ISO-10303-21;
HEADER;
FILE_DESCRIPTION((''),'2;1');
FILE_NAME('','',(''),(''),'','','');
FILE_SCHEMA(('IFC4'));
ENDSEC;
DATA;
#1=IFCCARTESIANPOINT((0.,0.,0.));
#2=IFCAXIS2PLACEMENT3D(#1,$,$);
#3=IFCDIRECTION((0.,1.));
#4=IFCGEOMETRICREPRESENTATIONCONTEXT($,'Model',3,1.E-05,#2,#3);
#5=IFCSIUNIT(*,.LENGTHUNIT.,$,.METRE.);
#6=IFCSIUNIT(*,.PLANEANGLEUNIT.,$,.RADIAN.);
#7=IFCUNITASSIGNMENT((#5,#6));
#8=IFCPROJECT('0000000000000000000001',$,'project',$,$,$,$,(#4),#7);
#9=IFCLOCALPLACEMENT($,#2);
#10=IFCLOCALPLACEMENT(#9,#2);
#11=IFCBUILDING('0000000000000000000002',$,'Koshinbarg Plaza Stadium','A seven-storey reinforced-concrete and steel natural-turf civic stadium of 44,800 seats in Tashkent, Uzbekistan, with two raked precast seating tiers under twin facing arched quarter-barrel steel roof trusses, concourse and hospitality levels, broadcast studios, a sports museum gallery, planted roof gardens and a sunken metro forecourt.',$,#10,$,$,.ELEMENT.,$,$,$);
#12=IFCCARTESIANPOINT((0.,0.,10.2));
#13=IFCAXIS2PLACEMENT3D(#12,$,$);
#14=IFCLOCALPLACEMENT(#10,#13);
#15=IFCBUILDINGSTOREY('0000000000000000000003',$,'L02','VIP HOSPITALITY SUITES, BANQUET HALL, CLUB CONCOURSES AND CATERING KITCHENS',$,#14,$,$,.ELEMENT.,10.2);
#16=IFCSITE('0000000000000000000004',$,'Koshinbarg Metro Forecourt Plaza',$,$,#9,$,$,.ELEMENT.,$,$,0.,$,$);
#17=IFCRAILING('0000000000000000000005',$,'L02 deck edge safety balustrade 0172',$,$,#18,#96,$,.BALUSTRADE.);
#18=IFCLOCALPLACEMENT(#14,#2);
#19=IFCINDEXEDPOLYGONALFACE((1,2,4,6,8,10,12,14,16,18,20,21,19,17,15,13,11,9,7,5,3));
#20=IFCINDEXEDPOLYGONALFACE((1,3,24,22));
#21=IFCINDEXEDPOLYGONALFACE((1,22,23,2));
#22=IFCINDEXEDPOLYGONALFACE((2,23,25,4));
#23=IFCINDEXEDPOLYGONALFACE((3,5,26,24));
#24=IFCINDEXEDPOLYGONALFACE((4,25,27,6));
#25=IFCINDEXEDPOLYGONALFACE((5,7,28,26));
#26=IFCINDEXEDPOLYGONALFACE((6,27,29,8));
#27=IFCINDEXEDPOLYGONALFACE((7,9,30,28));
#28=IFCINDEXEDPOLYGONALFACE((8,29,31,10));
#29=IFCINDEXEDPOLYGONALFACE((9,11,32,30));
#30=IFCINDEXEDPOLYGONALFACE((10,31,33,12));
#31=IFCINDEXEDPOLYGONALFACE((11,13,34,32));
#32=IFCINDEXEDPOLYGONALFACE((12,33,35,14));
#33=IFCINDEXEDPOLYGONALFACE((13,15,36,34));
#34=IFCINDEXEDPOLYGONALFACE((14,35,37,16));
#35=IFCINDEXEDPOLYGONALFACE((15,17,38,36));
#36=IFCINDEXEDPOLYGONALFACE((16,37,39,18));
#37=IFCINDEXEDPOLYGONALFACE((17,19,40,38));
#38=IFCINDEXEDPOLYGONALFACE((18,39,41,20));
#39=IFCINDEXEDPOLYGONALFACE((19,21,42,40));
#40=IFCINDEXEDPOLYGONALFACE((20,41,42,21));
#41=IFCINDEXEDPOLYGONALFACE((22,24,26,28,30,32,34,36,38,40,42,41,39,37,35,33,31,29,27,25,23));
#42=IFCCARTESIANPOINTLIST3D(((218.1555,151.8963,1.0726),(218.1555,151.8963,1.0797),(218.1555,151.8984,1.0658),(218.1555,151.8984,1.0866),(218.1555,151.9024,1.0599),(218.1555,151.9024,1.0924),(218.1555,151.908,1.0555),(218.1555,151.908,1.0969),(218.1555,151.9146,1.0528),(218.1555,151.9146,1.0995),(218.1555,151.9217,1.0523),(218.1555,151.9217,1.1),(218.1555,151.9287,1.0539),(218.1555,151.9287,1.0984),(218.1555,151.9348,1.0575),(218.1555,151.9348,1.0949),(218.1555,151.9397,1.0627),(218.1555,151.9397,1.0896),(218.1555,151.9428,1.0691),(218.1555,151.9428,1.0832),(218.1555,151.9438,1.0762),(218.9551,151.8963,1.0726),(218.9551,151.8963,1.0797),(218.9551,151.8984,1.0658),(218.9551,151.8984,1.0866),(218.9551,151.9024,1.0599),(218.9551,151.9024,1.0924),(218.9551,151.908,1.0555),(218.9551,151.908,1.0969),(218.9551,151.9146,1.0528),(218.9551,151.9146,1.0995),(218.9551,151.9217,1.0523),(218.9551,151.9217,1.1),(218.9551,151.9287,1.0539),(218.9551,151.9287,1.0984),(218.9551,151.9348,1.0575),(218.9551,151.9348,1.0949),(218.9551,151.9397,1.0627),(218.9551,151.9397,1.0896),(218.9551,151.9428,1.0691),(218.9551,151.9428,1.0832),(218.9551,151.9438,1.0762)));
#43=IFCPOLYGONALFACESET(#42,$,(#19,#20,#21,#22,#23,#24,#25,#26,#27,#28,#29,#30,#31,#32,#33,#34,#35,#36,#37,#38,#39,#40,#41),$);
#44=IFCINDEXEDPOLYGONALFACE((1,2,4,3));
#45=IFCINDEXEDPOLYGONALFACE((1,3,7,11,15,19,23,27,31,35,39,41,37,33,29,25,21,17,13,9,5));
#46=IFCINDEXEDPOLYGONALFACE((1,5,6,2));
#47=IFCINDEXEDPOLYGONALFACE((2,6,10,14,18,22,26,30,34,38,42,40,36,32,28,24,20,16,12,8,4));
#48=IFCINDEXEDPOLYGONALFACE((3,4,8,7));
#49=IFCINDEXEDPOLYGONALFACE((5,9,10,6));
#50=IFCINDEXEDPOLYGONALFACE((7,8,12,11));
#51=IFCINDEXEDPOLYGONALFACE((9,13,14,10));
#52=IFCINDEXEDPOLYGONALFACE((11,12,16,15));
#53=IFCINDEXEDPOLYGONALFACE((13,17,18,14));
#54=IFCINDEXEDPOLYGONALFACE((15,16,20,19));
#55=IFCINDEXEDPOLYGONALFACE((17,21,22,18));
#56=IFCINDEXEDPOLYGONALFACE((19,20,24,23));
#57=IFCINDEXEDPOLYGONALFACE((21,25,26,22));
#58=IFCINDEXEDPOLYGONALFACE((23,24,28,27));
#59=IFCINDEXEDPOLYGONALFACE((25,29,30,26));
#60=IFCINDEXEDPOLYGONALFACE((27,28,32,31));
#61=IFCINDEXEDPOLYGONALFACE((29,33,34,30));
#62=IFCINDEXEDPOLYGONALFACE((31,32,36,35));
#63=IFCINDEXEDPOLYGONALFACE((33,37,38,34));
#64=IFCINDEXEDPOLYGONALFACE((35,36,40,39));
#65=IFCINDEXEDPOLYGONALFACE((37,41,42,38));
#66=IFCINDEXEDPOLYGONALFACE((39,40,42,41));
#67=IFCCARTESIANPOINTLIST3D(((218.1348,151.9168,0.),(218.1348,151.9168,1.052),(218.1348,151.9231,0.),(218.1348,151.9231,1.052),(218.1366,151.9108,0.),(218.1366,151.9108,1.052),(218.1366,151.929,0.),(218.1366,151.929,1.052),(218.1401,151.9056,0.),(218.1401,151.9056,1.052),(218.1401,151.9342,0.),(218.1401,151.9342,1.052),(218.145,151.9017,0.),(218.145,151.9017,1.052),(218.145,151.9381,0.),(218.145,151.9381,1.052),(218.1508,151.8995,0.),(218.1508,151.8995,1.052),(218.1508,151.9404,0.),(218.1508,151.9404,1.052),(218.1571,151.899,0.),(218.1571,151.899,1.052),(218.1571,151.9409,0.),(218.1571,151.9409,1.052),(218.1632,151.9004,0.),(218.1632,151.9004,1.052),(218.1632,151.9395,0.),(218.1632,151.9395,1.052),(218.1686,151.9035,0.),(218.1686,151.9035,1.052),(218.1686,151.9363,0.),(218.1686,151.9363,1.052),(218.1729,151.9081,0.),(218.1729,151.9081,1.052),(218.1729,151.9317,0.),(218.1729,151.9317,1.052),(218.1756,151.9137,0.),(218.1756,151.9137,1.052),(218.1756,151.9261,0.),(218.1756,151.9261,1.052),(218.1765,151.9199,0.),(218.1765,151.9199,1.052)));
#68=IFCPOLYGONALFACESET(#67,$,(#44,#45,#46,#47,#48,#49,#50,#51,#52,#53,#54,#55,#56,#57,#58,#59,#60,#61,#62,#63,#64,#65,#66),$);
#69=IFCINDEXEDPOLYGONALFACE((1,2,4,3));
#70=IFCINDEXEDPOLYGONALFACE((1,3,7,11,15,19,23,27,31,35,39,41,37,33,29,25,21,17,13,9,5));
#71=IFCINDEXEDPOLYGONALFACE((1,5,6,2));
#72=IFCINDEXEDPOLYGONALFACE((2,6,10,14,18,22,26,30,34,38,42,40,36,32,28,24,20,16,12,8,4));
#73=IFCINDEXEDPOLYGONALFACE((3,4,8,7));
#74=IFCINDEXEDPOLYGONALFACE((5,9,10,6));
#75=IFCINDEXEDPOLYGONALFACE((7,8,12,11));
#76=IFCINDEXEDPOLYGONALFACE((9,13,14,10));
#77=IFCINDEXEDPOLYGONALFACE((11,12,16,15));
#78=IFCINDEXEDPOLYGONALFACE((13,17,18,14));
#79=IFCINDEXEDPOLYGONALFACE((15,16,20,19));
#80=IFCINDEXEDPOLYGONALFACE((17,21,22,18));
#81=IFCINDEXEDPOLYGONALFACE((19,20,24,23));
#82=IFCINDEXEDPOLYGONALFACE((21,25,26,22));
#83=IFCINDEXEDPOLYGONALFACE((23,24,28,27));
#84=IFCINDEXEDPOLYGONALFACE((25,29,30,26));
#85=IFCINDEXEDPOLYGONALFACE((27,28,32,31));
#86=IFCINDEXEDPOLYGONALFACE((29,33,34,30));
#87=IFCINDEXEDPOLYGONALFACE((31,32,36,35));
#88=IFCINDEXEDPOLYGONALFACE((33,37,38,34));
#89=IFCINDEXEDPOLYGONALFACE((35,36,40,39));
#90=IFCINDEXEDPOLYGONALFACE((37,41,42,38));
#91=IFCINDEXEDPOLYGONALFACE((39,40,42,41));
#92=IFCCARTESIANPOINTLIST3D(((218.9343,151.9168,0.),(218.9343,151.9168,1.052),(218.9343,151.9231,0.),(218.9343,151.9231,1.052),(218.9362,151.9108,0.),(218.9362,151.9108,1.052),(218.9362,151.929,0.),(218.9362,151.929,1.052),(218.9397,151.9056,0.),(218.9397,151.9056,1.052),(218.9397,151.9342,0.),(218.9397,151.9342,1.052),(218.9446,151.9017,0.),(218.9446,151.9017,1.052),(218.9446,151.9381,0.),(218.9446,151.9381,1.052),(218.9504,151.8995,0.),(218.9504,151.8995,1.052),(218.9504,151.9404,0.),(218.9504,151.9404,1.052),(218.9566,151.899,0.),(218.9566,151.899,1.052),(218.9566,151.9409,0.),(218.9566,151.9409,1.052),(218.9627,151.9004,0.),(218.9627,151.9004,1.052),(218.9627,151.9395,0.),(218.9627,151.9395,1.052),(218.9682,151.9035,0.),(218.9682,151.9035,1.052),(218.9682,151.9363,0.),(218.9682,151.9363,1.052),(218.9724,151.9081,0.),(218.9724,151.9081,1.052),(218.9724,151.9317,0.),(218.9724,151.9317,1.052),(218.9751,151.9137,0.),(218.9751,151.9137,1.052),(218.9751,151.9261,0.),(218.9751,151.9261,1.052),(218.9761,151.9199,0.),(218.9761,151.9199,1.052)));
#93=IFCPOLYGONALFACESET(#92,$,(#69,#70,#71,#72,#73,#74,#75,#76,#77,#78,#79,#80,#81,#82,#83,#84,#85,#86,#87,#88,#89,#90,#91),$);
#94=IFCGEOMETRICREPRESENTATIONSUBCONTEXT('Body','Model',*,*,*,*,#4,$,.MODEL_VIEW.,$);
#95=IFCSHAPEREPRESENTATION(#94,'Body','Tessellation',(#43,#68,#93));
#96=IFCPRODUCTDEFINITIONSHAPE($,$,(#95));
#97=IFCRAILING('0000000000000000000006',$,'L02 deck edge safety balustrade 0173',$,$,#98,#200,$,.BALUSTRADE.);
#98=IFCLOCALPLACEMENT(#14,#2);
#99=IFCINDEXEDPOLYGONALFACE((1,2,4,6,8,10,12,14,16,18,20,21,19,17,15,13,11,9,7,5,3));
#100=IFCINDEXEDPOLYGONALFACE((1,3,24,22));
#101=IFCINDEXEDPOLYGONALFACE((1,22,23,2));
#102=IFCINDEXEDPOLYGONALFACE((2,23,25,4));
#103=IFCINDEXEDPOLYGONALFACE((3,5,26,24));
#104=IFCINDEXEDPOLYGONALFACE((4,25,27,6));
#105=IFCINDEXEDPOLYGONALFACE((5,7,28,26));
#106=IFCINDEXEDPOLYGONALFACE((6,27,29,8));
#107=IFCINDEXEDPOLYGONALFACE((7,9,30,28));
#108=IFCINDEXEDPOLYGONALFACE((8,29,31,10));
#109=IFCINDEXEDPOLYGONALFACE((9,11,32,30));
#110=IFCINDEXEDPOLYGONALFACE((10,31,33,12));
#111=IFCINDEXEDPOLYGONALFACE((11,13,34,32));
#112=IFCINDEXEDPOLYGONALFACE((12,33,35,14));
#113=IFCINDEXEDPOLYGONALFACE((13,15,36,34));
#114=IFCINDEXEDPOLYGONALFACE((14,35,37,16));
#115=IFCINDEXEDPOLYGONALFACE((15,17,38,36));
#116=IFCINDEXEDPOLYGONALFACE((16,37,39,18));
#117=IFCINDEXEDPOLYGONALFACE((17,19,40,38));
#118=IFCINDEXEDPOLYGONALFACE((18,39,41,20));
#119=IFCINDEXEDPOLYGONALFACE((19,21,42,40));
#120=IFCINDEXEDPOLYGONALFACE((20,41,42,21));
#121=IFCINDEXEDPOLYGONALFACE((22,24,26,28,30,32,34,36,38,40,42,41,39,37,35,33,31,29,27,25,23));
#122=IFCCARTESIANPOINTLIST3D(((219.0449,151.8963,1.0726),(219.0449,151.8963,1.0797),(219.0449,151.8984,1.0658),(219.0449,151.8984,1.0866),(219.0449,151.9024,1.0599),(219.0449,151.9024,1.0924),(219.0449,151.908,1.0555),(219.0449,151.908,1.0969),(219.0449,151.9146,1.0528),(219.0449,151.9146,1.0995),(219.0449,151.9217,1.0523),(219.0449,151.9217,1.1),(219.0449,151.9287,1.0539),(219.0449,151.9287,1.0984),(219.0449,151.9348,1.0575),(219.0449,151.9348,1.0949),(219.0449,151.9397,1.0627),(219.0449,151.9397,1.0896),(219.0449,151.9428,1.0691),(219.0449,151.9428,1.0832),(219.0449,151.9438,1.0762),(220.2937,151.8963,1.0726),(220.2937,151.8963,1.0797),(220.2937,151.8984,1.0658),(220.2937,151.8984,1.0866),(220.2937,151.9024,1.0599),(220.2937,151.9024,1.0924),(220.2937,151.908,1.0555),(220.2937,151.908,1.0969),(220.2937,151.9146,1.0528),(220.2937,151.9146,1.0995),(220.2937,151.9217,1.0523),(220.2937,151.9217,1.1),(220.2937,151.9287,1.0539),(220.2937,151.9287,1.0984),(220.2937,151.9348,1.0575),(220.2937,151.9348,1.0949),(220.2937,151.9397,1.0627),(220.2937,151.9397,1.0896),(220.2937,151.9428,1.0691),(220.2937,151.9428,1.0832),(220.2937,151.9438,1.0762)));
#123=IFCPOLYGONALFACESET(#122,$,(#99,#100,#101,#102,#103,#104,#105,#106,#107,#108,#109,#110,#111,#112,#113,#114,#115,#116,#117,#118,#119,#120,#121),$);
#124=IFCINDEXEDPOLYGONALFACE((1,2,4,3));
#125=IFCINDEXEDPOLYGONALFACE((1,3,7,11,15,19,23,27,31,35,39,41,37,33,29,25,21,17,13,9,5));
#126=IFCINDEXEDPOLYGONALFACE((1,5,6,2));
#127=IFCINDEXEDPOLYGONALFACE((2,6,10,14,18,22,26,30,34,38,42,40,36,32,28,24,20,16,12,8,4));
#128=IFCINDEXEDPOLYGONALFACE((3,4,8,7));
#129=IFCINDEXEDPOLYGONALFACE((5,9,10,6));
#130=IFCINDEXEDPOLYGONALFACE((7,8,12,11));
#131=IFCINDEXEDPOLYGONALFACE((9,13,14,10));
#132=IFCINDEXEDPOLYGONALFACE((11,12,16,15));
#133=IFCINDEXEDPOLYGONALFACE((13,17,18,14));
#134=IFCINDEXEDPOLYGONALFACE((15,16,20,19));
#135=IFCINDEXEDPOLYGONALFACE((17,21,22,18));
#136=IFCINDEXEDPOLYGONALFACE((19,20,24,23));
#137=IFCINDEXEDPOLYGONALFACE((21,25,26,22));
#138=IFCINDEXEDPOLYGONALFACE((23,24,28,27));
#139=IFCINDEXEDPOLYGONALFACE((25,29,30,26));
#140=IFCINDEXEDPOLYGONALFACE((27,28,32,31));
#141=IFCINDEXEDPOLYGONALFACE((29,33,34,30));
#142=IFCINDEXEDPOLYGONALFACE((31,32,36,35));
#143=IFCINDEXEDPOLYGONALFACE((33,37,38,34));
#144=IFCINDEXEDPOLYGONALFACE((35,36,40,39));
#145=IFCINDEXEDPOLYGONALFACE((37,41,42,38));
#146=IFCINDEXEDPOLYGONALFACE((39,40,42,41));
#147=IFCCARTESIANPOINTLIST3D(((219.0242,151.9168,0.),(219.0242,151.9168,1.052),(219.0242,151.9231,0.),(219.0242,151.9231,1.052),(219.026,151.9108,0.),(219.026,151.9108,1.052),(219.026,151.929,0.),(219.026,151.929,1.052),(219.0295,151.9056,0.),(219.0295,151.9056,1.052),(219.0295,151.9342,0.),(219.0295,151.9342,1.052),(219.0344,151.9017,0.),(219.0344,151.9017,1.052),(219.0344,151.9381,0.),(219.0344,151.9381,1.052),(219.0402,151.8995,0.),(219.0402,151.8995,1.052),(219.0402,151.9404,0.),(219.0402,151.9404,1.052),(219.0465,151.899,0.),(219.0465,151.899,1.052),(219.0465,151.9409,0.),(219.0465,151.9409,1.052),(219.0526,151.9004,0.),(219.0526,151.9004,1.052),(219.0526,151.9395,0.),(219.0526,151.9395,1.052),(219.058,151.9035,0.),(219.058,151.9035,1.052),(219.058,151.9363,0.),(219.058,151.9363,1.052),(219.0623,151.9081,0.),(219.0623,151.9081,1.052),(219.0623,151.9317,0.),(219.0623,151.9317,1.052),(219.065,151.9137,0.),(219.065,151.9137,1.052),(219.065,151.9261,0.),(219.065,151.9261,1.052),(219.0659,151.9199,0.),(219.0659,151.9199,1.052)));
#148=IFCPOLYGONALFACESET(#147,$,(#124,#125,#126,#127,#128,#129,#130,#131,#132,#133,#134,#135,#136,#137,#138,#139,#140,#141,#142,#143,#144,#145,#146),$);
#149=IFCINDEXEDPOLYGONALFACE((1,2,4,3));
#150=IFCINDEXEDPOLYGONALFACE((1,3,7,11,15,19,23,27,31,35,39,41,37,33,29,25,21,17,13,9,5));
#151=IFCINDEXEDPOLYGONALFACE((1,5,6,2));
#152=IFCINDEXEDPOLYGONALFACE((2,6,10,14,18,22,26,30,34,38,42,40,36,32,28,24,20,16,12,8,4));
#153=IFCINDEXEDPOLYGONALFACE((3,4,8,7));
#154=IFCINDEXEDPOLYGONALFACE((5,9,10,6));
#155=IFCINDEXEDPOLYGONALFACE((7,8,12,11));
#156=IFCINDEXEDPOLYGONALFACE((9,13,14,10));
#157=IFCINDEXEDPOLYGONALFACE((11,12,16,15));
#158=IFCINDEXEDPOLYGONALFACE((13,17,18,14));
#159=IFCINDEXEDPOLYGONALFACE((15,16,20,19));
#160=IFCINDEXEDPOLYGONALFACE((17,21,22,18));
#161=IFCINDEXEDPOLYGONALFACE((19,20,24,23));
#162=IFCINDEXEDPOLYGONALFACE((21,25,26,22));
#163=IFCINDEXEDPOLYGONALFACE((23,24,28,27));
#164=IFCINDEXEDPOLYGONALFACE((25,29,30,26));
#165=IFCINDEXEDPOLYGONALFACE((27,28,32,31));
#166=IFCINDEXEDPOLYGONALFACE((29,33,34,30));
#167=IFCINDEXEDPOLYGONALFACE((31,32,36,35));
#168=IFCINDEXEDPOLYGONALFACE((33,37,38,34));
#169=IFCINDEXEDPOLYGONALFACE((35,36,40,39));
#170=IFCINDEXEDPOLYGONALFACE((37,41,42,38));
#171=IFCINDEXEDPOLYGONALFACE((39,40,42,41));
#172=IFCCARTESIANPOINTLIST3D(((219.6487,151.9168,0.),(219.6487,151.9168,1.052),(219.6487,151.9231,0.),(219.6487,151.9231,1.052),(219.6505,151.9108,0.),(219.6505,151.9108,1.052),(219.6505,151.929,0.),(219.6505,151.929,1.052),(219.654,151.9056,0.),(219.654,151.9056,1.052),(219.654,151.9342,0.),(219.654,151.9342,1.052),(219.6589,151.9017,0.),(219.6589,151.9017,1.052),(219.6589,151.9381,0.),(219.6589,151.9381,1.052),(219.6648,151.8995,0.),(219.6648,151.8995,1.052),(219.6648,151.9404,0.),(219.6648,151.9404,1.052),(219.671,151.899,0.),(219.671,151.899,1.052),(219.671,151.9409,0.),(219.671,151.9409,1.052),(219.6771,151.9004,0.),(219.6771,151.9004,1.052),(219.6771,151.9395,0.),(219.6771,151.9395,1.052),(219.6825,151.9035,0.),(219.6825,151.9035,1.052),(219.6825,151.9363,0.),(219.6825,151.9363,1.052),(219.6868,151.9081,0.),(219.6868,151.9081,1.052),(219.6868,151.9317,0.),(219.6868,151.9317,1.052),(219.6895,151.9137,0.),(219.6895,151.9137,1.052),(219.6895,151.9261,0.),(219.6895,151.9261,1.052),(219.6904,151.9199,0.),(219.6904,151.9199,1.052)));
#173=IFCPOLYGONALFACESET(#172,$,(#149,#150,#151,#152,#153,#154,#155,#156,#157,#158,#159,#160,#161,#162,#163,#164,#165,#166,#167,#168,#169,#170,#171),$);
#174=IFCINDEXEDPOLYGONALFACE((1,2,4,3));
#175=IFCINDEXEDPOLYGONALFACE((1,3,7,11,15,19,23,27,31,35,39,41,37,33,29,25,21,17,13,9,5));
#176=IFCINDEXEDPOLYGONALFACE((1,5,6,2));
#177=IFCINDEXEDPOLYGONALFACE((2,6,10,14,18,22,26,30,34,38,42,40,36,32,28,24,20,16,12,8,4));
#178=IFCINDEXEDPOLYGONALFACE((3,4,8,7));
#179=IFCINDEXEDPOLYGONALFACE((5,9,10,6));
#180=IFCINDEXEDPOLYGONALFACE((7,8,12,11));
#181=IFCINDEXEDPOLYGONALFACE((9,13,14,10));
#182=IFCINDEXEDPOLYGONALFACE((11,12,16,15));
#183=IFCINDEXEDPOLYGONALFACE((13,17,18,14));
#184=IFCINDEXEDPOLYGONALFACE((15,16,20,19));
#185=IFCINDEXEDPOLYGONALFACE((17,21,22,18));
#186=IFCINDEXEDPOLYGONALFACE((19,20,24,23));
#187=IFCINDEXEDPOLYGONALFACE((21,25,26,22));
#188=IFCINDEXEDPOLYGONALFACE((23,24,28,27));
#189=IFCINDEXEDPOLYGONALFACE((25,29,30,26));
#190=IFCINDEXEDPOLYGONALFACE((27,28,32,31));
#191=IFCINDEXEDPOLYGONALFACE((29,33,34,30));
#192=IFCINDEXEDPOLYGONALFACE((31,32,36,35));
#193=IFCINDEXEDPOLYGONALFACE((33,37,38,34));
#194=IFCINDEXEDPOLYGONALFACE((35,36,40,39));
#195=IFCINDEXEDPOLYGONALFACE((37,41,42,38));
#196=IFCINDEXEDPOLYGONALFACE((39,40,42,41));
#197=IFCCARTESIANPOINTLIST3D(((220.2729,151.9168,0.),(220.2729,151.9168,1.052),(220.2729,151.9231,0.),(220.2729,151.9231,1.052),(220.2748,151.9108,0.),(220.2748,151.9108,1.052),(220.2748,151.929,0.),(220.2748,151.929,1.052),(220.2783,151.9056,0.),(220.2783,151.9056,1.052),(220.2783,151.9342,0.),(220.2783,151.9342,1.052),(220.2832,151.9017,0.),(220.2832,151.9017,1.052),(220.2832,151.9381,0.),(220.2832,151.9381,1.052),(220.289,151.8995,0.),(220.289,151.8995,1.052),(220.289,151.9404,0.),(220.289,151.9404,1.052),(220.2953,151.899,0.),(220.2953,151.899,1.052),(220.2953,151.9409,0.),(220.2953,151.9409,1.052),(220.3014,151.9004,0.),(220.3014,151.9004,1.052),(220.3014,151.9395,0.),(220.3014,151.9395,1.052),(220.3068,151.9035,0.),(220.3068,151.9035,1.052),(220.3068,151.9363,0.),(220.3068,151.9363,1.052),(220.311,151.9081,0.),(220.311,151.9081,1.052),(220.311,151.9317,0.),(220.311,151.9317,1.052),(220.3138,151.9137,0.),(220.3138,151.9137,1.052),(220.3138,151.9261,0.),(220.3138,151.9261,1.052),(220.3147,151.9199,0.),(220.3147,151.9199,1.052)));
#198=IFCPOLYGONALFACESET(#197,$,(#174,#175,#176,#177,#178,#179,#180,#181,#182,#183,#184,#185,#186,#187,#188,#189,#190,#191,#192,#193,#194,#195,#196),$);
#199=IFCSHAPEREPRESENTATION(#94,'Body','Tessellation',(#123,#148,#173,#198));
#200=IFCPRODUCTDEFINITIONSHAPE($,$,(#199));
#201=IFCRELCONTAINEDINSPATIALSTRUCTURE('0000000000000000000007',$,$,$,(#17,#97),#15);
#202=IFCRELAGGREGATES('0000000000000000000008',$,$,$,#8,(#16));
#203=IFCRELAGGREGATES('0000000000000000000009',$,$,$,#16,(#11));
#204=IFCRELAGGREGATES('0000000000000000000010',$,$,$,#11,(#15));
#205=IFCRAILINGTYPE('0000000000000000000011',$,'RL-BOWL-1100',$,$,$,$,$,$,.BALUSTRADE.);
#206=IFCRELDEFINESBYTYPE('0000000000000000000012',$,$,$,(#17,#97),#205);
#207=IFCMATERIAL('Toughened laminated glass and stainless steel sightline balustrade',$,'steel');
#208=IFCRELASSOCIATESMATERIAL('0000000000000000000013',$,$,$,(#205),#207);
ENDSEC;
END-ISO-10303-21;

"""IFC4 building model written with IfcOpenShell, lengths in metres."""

from ifc_helpers import new_model, si_unit, direction, frame, origin, origin_2d, place, context, subcontext, project, spatial, circle, extrude, material, type_object, element, save


model = new_model("IFC4")

# Units and contexts
model_context = context("Model", 3, precision=1e-05, world=origin(), true_north=direction((0.0, 1.0)))
body_context = subcontext(model_context, "Body", "Model", "MODEL_VIEW")
ifc_project = project(units=[si_unit("LENGTHUNIT", "METRE"), si_unit("PLANEANGLEUNIT", "RADIAN")], contexts=[model_context])

# Site, building, storey
site_placement = place(None, origin())
site = spatial("IfcSite", under=ifc_project, at=site_placement, Name="Koshinbarg Metro Forecourt Plaza", CompositionType="ELEMENT", RefElevation=0.0)
building_placement = place(site_placement, origin())
building = spatial("IfcBuilding", under=site, at=building_placement, Name="Koshinbarg Plaza Stadium", Description="A seven-storey reinforced-concrete and steel natural-turf civic stadium of 44,800 seats in Tashkent, Uzbekistan, with two raked precast seating tiers under twin facing arched quarter-barrel steel roof trusses, concourse and hospitality levels, broadcast studios, a sports museum gallery, planted roof gardens and a sunken metro forecourt.", CompositionType="ELEMENT")
storey_placement = place(building_placement, frame((0.0, 0.0, 10.2)))
storey = spatial("IfcBuildingStorey", under=building, at=storey_placement, Name="L02", Description="VIP HOSPITALITY SUITES, BANQUET HALL, CLUB CONCOURSES AND CATERING KITCHENS", CompositionType="ELEMENT", Elevation=10.2)

# Railings
ifc_material_1 = material(Name="Toughened laminated glass and stainless steel sightline balustrade", Category="steel")
railing_type = type_object("IfcRailingType", Name="RL-BOWL-1100", PredefinedType="BALUSTRADE", material=ifc_material_1)
railing_1_placement = place(storey_placement, frame((218.1555, 151.9199, 0.0)))
element("IfcRailing", 1, at=railing_1_placement, inside=storey, type_object=railing_type, Name="L02 deck edge safety balustrade 0172", PredefinedType="BALUSTRADE", context=body_context, shape_type="SweptSolid", body=[
    extrude(circle(Radius=0.0239, at=origin_2d()), frame((0.0, 0.0, 1.0762), z_axis=(1.0, 0.0, 0.0), x_axis=(0.0, 1.0, 0.0)), (0.0, 0.0, 1.0), 0.7996),
    extrude(circle(Radius=0.021, at=origin_2d()), origin(), (0.0, 0.0, 1.0), 1.052),
    extrude(circle(Radius=0.021, at=origin_2d()), frame((0.7996, 0.0, 0.0)), (0.0, 0.0, 1.0), 1.052),
])
railing_2_placement = place(storey_placement, frame((219.0449, 151.9199, 0.0)))
element("IfcRailing", 2, at=railing_2_placement, inside=storey, type_object=railing_type, Name="L02 deck edge safety balustrade 0173", PredefinedType="BALUSTRADE", context=body_context, shape_type="SweptSolid", body=[
    extrude(circle(Radius=0.0239, at=origin_2d()), frame((0.0, 0.0, 1.0762), z_axis=(1.0, 0.0, 0.0), x_axis=(0.0, 1.0, 0.0)), (0.0, 0.0, 1.0), 1.2488),
    extrude(circle(Radius=0.021, at=origin_2d()), origin(), (0.0, 0.0, 1.0), 1.052),
    extrude(circle(Radius=0.021, at=origin_2d()), frame((0.6245, 0.0, 0.0)), (0.0, 0.0, 1.0), 1.052),
    extrude(circle(Radius=0.021, at=origin_2d()), frame((1.2488, 0.0, 0.0)), (0.0, 0.0, 1.0), 1.052),
])

save(model, "model.ifc")
